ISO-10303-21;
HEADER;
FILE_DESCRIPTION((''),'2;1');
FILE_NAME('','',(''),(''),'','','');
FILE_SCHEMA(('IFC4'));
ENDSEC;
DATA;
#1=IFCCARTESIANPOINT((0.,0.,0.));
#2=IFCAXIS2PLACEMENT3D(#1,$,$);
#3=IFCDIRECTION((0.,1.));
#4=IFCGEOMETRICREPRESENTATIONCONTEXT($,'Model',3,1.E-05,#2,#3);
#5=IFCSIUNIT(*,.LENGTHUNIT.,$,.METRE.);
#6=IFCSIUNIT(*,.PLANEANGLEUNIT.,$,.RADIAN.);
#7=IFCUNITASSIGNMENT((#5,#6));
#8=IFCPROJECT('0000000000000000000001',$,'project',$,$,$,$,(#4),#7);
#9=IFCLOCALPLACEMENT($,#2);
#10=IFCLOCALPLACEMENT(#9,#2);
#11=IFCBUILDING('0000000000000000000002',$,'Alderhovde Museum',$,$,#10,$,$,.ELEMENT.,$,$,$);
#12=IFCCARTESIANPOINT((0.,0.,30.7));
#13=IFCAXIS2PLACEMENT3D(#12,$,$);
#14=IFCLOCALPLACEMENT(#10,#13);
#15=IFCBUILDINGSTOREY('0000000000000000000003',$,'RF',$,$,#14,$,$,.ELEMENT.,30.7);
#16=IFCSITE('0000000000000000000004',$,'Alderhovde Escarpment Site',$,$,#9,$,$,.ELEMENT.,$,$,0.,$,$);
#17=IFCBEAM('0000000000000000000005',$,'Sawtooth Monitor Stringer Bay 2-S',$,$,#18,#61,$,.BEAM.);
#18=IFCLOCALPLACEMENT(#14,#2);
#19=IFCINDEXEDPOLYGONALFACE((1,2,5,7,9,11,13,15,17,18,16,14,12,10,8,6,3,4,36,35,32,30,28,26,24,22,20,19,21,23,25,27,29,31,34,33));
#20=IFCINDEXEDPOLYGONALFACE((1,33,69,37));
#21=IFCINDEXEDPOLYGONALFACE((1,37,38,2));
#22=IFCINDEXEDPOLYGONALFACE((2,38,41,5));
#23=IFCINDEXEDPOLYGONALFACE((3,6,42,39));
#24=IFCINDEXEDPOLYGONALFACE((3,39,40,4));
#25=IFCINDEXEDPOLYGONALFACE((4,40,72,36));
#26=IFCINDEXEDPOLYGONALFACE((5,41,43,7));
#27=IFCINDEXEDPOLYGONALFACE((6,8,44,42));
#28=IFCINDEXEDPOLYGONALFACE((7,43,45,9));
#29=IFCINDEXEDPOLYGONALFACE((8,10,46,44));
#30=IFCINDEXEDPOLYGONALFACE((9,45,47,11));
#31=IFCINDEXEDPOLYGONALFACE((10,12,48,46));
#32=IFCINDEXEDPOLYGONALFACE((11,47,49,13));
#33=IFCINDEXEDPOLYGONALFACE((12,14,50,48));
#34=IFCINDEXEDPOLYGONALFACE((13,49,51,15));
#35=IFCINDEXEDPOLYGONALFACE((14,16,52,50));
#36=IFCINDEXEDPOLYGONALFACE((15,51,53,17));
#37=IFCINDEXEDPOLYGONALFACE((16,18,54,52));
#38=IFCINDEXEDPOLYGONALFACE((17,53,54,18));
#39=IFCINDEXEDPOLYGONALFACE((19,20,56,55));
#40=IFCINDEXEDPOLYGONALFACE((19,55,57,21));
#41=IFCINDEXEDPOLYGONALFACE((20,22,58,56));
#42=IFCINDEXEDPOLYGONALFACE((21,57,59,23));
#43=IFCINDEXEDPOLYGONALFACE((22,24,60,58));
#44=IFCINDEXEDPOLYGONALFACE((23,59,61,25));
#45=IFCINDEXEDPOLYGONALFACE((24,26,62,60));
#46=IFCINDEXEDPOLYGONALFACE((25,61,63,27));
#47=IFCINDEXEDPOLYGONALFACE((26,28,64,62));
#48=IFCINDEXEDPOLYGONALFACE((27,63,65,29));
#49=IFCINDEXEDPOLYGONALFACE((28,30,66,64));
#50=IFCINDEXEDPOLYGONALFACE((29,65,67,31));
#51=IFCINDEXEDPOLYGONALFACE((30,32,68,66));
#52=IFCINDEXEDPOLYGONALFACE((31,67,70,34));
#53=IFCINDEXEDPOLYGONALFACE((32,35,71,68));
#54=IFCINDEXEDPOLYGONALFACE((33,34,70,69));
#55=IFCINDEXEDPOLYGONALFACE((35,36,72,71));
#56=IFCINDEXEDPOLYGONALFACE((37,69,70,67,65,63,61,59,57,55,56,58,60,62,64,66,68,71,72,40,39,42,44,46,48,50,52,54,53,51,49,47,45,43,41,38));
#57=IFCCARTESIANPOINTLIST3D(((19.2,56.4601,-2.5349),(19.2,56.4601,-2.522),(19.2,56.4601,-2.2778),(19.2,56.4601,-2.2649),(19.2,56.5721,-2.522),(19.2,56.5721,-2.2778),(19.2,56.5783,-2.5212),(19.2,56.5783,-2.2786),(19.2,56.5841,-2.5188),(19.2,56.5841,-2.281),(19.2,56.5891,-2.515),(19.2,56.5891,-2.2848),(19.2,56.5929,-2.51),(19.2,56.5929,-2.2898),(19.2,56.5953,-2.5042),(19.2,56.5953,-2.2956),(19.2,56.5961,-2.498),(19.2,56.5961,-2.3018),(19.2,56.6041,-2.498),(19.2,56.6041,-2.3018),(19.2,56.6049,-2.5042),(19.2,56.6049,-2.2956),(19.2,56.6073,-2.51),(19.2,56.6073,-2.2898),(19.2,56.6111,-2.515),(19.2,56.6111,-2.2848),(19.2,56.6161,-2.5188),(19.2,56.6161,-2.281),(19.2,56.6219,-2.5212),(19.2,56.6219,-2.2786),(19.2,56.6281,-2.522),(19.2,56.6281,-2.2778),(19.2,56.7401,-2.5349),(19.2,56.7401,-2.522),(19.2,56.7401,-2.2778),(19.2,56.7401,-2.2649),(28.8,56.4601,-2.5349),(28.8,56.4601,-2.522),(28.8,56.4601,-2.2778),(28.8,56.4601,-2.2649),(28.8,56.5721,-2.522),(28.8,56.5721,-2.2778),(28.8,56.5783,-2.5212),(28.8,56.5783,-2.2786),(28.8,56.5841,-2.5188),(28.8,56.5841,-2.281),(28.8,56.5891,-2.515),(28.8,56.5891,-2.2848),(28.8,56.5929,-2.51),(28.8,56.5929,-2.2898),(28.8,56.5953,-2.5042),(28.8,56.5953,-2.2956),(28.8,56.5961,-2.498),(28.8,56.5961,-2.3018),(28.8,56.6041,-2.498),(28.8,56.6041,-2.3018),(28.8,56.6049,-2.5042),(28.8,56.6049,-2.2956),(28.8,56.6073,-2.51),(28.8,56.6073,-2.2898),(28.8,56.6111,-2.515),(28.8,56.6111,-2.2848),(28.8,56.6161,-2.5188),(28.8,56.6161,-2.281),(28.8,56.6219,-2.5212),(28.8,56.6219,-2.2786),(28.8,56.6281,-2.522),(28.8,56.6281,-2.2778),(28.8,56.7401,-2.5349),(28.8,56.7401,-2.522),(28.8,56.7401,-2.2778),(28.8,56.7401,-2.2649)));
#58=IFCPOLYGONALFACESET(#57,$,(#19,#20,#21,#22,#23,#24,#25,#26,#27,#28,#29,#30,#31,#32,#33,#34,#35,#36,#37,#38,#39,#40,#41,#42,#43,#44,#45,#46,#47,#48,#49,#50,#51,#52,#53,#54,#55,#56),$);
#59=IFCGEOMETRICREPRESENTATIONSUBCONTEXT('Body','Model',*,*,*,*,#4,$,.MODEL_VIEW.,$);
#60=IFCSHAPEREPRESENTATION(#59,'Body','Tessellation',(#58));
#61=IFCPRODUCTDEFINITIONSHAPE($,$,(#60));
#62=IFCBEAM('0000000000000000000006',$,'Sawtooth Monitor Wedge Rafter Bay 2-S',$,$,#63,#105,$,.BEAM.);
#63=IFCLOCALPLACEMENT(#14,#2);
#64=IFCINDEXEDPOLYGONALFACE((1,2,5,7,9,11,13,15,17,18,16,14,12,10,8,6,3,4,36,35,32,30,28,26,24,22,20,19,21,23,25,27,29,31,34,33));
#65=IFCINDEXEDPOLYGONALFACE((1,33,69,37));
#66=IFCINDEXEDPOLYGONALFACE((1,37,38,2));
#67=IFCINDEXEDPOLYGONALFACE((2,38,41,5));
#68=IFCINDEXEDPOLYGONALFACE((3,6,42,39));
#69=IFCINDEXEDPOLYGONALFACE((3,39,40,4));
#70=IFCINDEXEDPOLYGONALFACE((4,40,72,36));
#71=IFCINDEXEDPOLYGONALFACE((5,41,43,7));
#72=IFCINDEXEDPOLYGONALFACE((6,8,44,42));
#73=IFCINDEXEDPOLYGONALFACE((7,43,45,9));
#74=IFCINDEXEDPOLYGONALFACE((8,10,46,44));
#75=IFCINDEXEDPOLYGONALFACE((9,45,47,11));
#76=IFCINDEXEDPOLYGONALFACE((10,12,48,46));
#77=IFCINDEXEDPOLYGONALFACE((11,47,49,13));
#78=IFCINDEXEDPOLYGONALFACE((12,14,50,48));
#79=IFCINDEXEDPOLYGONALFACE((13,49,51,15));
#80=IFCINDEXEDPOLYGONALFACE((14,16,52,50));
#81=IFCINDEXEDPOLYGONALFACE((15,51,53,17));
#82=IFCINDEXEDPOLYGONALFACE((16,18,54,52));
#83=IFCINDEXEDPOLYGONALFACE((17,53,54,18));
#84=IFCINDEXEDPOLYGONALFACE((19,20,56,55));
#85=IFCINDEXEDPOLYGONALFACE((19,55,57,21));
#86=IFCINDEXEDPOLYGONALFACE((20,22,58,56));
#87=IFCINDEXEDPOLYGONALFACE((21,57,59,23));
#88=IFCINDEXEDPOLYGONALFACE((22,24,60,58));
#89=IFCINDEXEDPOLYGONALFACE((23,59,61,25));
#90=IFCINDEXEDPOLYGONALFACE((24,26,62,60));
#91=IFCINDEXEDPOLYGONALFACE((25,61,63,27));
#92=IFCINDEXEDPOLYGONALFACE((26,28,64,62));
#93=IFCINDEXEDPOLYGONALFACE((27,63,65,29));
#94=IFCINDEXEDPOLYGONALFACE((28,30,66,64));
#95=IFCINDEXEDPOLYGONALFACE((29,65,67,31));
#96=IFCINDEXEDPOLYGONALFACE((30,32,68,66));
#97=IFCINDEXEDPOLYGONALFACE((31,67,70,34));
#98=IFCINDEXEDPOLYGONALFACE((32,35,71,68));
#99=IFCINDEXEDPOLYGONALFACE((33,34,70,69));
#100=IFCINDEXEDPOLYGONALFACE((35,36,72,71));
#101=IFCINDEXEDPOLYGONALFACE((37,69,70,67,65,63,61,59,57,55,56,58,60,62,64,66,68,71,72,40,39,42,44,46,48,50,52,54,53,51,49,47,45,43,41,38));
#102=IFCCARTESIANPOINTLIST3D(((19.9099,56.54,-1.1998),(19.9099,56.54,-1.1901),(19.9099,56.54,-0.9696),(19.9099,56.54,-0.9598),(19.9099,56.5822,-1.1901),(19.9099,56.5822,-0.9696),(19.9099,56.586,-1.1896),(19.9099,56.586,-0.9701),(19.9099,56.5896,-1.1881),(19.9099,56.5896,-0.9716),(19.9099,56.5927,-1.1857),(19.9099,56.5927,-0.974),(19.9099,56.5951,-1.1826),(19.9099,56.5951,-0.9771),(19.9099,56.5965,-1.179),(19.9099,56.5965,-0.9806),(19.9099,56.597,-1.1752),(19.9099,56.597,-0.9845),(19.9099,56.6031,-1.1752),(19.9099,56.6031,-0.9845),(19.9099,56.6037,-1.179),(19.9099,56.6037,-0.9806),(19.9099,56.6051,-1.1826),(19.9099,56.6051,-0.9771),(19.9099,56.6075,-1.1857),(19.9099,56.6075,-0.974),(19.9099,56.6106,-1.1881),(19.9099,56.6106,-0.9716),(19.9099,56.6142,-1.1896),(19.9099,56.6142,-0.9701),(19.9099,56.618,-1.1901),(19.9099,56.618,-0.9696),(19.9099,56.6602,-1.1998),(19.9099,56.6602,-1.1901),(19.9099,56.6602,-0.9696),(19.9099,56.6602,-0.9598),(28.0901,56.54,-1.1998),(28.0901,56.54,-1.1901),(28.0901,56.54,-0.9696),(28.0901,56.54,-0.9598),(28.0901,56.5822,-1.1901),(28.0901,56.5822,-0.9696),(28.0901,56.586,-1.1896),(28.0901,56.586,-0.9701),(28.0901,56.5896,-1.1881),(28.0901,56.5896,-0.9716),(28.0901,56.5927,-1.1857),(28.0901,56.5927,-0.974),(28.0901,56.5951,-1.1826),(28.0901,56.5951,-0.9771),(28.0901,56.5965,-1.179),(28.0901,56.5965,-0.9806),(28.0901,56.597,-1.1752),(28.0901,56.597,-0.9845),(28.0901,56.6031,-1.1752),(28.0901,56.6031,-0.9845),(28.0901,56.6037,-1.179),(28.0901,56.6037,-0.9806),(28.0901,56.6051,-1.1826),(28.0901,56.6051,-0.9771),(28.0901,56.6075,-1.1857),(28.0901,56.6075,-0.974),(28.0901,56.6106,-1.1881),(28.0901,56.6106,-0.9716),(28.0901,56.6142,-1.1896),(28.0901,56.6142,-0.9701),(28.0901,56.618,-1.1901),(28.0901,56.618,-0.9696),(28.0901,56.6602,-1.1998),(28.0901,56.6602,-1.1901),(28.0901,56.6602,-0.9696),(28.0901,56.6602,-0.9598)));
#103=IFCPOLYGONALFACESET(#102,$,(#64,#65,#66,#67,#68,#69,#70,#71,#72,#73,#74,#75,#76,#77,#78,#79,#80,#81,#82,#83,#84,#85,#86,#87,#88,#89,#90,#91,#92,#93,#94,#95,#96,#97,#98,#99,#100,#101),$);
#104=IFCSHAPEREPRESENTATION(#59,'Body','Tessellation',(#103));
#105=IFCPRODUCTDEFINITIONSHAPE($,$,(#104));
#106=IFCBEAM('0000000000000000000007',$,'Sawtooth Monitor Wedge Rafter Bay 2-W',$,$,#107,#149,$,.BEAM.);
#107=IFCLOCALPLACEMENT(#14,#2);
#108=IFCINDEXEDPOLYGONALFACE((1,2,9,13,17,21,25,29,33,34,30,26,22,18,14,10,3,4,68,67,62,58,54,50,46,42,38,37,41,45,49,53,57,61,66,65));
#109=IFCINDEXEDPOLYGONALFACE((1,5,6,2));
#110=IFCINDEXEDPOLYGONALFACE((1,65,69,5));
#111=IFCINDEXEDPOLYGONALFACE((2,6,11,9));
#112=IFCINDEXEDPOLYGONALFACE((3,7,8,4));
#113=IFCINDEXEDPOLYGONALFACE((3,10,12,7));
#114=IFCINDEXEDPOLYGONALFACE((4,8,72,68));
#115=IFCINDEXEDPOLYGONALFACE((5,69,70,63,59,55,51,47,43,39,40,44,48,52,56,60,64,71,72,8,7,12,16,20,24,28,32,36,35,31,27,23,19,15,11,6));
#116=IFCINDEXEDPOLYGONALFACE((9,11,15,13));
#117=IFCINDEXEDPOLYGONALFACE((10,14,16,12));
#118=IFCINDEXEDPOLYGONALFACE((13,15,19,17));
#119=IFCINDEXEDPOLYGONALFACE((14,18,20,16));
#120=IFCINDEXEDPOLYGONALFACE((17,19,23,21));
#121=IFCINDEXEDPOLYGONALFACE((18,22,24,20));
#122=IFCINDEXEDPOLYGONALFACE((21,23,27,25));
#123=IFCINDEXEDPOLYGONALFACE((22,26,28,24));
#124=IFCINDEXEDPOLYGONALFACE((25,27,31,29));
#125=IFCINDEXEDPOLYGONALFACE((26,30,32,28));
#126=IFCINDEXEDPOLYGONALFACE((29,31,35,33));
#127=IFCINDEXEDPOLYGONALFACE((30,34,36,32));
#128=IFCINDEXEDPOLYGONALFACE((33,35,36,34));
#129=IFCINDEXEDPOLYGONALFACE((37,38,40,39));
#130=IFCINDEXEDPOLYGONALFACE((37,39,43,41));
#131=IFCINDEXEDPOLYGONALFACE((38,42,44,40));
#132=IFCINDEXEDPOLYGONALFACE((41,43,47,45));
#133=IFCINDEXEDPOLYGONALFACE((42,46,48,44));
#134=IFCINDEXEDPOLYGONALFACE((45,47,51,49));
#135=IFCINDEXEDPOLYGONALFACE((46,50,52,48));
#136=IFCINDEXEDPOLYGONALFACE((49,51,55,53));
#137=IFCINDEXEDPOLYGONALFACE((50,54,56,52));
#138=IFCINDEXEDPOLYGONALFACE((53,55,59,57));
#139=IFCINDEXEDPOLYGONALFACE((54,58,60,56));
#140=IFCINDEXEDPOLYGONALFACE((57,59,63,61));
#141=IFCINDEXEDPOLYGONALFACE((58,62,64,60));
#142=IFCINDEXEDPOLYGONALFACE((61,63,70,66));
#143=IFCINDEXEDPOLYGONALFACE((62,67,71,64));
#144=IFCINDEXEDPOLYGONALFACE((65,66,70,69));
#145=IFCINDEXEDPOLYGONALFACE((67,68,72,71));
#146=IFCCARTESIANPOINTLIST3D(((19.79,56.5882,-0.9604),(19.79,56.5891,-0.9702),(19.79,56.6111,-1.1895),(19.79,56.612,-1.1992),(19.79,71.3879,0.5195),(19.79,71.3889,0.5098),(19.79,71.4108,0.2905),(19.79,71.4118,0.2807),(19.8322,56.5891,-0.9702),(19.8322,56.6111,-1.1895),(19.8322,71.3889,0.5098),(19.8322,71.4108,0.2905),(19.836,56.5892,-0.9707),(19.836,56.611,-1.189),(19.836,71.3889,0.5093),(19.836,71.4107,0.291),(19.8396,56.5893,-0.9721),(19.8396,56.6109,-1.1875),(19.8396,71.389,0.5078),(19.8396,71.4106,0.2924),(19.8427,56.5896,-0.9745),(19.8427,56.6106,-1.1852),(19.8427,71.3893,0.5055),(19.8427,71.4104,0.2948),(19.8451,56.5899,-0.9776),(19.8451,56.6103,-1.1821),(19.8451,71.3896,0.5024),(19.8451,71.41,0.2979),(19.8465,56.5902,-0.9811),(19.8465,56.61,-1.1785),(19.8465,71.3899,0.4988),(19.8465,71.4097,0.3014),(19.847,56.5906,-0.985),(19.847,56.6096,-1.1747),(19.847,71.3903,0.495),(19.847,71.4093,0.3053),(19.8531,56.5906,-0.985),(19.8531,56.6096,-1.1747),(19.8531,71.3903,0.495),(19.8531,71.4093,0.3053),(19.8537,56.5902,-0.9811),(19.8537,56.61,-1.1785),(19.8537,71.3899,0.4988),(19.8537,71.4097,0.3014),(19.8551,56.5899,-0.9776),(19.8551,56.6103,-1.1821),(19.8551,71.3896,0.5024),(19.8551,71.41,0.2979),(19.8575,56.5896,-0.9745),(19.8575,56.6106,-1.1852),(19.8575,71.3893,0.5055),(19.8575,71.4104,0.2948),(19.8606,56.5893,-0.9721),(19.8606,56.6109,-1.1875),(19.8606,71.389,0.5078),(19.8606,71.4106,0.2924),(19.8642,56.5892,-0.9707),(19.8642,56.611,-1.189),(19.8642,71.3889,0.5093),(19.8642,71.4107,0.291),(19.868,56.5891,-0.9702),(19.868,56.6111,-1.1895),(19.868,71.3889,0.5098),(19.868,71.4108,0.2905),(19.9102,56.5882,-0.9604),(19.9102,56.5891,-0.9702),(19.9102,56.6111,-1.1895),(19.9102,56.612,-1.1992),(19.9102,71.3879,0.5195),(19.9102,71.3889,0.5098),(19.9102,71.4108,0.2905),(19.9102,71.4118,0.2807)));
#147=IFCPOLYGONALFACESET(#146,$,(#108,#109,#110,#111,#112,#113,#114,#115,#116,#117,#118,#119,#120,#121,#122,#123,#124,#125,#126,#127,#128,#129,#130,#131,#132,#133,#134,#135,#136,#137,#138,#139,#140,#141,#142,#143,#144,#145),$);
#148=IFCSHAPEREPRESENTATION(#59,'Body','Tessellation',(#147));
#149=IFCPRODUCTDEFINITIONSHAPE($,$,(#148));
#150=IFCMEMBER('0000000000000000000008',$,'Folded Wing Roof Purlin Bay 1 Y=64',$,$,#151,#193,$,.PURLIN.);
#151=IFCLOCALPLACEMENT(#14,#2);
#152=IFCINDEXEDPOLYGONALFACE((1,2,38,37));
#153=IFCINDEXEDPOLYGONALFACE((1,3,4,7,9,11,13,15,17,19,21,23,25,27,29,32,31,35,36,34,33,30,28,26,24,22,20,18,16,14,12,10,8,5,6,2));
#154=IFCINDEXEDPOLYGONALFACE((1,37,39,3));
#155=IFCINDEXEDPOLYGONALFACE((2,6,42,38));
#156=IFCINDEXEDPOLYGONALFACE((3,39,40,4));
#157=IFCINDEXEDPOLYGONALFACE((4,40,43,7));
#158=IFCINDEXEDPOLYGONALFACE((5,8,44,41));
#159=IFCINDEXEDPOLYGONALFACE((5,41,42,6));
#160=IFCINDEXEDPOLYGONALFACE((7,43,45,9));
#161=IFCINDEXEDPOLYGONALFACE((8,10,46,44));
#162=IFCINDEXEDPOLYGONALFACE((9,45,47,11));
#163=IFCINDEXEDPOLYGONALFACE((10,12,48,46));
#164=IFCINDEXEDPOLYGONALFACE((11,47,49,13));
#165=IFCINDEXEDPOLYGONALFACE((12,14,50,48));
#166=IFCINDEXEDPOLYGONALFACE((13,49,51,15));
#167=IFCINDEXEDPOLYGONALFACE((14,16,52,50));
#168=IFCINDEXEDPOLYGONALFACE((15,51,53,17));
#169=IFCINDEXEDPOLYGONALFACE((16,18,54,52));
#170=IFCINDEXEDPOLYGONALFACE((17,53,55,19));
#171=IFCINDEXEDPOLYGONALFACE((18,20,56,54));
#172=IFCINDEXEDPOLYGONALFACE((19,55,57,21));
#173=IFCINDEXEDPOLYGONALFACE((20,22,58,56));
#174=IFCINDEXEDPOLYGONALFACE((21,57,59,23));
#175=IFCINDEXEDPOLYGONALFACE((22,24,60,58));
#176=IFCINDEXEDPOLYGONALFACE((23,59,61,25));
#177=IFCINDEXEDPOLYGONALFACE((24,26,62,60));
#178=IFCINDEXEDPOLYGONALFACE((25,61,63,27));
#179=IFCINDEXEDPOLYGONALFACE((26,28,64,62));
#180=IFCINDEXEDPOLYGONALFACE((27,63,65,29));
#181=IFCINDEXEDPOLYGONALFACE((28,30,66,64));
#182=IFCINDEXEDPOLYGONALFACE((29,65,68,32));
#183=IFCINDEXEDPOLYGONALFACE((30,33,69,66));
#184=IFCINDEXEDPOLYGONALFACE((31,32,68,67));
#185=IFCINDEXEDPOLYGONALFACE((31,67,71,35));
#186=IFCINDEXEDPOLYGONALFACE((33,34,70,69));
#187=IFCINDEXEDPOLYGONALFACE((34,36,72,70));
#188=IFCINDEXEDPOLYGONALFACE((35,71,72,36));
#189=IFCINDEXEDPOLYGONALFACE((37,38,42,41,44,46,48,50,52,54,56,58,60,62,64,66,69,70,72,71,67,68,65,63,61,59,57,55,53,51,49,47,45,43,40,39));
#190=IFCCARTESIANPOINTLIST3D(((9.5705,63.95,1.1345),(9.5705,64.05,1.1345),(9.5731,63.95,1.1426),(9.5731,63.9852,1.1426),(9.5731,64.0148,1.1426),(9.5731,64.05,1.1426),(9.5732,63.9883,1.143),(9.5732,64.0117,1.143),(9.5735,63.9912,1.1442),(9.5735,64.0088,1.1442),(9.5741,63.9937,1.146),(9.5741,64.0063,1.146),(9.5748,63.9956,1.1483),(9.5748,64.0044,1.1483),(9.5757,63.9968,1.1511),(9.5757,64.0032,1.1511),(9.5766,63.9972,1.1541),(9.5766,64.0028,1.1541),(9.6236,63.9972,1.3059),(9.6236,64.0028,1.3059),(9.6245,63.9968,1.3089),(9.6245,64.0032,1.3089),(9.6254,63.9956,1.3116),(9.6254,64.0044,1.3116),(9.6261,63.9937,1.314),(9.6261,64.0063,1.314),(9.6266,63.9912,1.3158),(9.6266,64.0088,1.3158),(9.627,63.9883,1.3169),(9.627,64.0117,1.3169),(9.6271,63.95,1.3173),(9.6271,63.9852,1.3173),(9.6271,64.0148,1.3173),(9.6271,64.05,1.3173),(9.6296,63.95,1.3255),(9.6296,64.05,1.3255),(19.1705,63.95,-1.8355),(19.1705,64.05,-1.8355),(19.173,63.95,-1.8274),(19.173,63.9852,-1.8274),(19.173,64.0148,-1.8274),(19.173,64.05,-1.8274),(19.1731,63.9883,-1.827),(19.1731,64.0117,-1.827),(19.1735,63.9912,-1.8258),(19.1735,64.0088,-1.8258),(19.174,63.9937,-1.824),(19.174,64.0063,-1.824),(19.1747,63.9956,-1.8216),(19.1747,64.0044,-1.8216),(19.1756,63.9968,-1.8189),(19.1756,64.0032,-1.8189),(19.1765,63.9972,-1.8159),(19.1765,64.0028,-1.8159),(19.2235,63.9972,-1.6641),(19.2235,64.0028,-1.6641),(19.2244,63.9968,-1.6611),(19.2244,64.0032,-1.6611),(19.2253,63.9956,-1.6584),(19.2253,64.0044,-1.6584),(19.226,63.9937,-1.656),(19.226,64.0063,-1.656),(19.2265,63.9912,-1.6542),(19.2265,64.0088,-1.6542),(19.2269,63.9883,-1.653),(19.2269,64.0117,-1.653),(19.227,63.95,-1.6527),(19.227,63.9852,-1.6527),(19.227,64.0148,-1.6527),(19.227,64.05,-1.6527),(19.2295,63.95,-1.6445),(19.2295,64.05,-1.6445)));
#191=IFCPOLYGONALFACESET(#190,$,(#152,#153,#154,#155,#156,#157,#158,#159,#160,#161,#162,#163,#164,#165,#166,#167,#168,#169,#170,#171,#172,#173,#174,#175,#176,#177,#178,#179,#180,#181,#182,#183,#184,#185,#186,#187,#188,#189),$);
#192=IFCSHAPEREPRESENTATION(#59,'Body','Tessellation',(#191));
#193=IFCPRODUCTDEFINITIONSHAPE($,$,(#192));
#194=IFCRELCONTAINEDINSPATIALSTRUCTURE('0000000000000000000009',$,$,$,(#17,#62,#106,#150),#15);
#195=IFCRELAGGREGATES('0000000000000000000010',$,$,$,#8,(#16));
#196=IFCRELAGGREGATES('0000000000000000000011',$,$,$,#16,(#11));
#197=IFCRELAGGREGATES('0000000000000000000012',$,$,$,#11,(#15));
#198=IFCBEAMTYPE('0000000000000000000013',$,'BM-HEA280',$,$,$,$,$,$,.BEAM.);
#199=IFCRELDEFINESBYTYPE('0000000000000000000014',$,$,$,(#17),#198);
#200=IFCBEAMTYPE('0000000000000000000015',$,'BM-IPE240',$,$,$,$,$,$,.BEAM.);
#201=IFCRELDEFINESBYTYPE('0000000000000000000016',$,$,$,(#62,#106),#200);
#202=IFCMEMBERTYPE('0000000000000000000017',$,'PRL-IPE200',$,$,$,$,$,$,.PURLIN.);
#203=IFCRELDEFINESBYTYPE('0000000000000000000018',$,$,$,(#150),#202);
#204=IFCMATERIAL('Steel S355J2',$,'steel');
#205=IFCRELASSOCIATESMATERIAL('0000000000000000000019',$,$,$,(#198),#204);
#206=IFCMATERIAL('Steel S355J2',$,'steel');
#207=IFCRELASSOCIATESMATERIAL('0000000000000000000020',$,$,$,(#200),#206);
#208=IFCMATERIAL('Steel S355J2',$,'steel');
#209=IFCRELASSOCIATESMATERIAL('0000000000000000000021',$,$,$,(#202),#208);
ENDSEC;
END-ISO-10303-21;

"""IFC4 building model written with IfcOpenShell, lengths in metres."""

from ifc_helpers import new_model, si_unit, direction, frame, origin, origin_2d, place, context, subcontext, project, spatial, i_section, extrude, material, material_profile, profile_set, type_object, element, save


model = new_model("IFC4")

# Units and contexts
model_context = context("Model", 3, precision=1e-05, world=origin(), true_north=direction((0.0, 1.0)))
body_context = subcontext(model_context, "Body", "Model", "MODEL_VIEW")
ifc_project = project(units=[si_unit("LENGTHUNIT", "METRE"), si_unit("PLANEANGLEUNIT", "RADIAN")], contexts=[model_context])

# Site, building, storey
site_placement = place(None, origin())
site = spatial("IfcSite", under=ifc_project, at=site_placement, Name="Alderhovde Escarpment Site", CompositionType="ELEMENT", RefElevation=0.0)
building_placement = place(site_placement, origin())
building = spatial("IfcBuilding", under=site, at=building_placement, Name="Alderhovde Museum", CompositionType="ELEMENT")
storey_placement = place(building_placement, frame((0.0, 0.0, 30.7)))
storey = spatial("IfcBuildingStorey", under=building, at=storey_placement, Name="RF", CompositionType="ELEMENT", Elevation=30.7)

# Beams
ifc_material_1 = material(Name="Steel S355J2", Category="steel")
ifc_material_profile_1 = material_profile(ifc_material_1, i_section(OverallWidth=0.28, OverallDepth=0.27, WebThickness=0.0081, FlangeThickness=0.0129, FilletRadius=0.0239, at=origin_2d()), Name="HEA 280")
ifc_profile_set_1 = profile_set([ifc_material_profile_1], Name="Steel S355J2")
beam_type_1 = type_object("IfcBeamType", Name="BM-HEA280", PredefinedType="BEAM", material=ifc_profile_set_1)
beam_1_placement = place(storey_placement, frame((19.2, 56.6001, -2.3999), z_axis=(1.0, 0.0, 0.0), x_axis=(0.0, 1.0, 0.0)))
element("IfcBeam", 1, at=beam_1_placement, inside=storey, type_object=beam_type_1, Name="Sawtooth Monitor Stringer Bay 2-S", PredefinedType="BEAM", context=body_context, shape_type="SweptSolid", body=[
    extrude(i_section(OverallWidth=0.28, OverallDepth=0.27, WebThickness=0.0081, FlangeThickness=0.0129, FilletRadius=0.0239, at=origin_2d()), origin(), (0.0, 0.0, 1.0), 9.6001),
])
ifc_material_2 = material(Name="Steel S355J2", Category="steel")
ifc_material_profile_2 = material_profile(ifc_material_2, i_section(OverallWidth=0.1201, OverallDepth=0.24, WebThickness=0.0061, FlangeThickness=0.0098, FilletRadius=0.0149, at=origin_2d()), Name="IPE 240")
ifc_profile_set_2 = profile_set([ifc_material_profile_2], Name="Steel S355J2")
beam_type_2 = type_object("IfcBeamType", Name="BM-IPE240", PredefinedType="BEAM", material=ifc_profile_set_2)
beam_2_placement = place(storey_placement, frame((19.9099, 56.6001, -1.0798), z_axis=(1.0, 0.0, 0.0), x_axis=(0.0, 1.0, 0.0)))
element("IfcBeam", 2, at=beam_2_placement, inside=storey, type_object=beam_type_2, Name="Sawtooth Monitor Wedge Rafter Bay 2-S", PredefinedType="BEAM", context=body_context, shape_type="SweptSolid", body=[
    extrude(i_section(OverallWidth=0.1201, OverallDepth=0.24, WebThickness=0.0061, FlangeThickness=0.0098, FilletRadius=0.0149, at=origin_2d()), origin(), (0.0, 0.0, 1.0), 8.1802),
])
beam_3_placement = place(storey_placement, frame((19.8501, 56.6001, -1.0798), z_axis=(0.0, 0.995037, 0.099504), x_axis=(-1.0, 0.0, 0.0)))
element("IfcBeam", 3, at=beam_3_placement, inside=storey, type_object=beam_type_2, Name="Sawtooth Monitor Wedge Rafter Bay 2-W", PredefinedType="BEAM", context=body_context, shape_type="SweptSolid", body=[
    extrude(i_section(OverallWidth=0.1201, OverallDepth=0.24, WebThickness=0.0061, FlangeThickness=0.0098, FilletRadius=0.0149, at=origin_2d()), origin(), (0.0, 0.0, 1.0), 14.8735),
])

# Member
ifc_material_3 = material(Name="Steel S355J2", Category="steel")
ifc_material_profile_3 = material_profile(ifc_material_3, i_section(OverallWidth=0.1001, OverallDepth=0.2, WebThickness=0.0056, FlangeThickness=0.0085, FilletRadius=0.012, at=origin_2d()), Name="IPE 200")
ifc_profile_set_3 = profile_set([ifc_material_profile_3], Name="Steel S355J2")
member_type_1 = type_object("IfcMemberType", Name="PRL-IPE200", PredefinedType="PURLIN", material=ifc_profile_set_3)
member_1_placement = place(storey_placement, frame((9.6001, 64.0, 1.23), z_axis=(0.955326, 0.0, -0.295555), x_axis=(0.0, 1.0, 0.0)))
element("IfcMember", 4, at=member_1_placement, inside=storey, type_object=member_type_1, Name="Folded Wing Roof Purlin Bay 1 Y=64", PredefinedType="PURLIN", context=body_context, shape_type="SweptSolid", body=[
    extrude(i_section(OverallWidth=0.1001, OverallDepth=0.2, WebThickness=0.0056, FlangeThickness=0.0085, FilletRadius=0.012, at=origin_2d()), origin(), (0.0, 0.0, 1.0), 10.0488),
])

save(model, "model.ifc")
